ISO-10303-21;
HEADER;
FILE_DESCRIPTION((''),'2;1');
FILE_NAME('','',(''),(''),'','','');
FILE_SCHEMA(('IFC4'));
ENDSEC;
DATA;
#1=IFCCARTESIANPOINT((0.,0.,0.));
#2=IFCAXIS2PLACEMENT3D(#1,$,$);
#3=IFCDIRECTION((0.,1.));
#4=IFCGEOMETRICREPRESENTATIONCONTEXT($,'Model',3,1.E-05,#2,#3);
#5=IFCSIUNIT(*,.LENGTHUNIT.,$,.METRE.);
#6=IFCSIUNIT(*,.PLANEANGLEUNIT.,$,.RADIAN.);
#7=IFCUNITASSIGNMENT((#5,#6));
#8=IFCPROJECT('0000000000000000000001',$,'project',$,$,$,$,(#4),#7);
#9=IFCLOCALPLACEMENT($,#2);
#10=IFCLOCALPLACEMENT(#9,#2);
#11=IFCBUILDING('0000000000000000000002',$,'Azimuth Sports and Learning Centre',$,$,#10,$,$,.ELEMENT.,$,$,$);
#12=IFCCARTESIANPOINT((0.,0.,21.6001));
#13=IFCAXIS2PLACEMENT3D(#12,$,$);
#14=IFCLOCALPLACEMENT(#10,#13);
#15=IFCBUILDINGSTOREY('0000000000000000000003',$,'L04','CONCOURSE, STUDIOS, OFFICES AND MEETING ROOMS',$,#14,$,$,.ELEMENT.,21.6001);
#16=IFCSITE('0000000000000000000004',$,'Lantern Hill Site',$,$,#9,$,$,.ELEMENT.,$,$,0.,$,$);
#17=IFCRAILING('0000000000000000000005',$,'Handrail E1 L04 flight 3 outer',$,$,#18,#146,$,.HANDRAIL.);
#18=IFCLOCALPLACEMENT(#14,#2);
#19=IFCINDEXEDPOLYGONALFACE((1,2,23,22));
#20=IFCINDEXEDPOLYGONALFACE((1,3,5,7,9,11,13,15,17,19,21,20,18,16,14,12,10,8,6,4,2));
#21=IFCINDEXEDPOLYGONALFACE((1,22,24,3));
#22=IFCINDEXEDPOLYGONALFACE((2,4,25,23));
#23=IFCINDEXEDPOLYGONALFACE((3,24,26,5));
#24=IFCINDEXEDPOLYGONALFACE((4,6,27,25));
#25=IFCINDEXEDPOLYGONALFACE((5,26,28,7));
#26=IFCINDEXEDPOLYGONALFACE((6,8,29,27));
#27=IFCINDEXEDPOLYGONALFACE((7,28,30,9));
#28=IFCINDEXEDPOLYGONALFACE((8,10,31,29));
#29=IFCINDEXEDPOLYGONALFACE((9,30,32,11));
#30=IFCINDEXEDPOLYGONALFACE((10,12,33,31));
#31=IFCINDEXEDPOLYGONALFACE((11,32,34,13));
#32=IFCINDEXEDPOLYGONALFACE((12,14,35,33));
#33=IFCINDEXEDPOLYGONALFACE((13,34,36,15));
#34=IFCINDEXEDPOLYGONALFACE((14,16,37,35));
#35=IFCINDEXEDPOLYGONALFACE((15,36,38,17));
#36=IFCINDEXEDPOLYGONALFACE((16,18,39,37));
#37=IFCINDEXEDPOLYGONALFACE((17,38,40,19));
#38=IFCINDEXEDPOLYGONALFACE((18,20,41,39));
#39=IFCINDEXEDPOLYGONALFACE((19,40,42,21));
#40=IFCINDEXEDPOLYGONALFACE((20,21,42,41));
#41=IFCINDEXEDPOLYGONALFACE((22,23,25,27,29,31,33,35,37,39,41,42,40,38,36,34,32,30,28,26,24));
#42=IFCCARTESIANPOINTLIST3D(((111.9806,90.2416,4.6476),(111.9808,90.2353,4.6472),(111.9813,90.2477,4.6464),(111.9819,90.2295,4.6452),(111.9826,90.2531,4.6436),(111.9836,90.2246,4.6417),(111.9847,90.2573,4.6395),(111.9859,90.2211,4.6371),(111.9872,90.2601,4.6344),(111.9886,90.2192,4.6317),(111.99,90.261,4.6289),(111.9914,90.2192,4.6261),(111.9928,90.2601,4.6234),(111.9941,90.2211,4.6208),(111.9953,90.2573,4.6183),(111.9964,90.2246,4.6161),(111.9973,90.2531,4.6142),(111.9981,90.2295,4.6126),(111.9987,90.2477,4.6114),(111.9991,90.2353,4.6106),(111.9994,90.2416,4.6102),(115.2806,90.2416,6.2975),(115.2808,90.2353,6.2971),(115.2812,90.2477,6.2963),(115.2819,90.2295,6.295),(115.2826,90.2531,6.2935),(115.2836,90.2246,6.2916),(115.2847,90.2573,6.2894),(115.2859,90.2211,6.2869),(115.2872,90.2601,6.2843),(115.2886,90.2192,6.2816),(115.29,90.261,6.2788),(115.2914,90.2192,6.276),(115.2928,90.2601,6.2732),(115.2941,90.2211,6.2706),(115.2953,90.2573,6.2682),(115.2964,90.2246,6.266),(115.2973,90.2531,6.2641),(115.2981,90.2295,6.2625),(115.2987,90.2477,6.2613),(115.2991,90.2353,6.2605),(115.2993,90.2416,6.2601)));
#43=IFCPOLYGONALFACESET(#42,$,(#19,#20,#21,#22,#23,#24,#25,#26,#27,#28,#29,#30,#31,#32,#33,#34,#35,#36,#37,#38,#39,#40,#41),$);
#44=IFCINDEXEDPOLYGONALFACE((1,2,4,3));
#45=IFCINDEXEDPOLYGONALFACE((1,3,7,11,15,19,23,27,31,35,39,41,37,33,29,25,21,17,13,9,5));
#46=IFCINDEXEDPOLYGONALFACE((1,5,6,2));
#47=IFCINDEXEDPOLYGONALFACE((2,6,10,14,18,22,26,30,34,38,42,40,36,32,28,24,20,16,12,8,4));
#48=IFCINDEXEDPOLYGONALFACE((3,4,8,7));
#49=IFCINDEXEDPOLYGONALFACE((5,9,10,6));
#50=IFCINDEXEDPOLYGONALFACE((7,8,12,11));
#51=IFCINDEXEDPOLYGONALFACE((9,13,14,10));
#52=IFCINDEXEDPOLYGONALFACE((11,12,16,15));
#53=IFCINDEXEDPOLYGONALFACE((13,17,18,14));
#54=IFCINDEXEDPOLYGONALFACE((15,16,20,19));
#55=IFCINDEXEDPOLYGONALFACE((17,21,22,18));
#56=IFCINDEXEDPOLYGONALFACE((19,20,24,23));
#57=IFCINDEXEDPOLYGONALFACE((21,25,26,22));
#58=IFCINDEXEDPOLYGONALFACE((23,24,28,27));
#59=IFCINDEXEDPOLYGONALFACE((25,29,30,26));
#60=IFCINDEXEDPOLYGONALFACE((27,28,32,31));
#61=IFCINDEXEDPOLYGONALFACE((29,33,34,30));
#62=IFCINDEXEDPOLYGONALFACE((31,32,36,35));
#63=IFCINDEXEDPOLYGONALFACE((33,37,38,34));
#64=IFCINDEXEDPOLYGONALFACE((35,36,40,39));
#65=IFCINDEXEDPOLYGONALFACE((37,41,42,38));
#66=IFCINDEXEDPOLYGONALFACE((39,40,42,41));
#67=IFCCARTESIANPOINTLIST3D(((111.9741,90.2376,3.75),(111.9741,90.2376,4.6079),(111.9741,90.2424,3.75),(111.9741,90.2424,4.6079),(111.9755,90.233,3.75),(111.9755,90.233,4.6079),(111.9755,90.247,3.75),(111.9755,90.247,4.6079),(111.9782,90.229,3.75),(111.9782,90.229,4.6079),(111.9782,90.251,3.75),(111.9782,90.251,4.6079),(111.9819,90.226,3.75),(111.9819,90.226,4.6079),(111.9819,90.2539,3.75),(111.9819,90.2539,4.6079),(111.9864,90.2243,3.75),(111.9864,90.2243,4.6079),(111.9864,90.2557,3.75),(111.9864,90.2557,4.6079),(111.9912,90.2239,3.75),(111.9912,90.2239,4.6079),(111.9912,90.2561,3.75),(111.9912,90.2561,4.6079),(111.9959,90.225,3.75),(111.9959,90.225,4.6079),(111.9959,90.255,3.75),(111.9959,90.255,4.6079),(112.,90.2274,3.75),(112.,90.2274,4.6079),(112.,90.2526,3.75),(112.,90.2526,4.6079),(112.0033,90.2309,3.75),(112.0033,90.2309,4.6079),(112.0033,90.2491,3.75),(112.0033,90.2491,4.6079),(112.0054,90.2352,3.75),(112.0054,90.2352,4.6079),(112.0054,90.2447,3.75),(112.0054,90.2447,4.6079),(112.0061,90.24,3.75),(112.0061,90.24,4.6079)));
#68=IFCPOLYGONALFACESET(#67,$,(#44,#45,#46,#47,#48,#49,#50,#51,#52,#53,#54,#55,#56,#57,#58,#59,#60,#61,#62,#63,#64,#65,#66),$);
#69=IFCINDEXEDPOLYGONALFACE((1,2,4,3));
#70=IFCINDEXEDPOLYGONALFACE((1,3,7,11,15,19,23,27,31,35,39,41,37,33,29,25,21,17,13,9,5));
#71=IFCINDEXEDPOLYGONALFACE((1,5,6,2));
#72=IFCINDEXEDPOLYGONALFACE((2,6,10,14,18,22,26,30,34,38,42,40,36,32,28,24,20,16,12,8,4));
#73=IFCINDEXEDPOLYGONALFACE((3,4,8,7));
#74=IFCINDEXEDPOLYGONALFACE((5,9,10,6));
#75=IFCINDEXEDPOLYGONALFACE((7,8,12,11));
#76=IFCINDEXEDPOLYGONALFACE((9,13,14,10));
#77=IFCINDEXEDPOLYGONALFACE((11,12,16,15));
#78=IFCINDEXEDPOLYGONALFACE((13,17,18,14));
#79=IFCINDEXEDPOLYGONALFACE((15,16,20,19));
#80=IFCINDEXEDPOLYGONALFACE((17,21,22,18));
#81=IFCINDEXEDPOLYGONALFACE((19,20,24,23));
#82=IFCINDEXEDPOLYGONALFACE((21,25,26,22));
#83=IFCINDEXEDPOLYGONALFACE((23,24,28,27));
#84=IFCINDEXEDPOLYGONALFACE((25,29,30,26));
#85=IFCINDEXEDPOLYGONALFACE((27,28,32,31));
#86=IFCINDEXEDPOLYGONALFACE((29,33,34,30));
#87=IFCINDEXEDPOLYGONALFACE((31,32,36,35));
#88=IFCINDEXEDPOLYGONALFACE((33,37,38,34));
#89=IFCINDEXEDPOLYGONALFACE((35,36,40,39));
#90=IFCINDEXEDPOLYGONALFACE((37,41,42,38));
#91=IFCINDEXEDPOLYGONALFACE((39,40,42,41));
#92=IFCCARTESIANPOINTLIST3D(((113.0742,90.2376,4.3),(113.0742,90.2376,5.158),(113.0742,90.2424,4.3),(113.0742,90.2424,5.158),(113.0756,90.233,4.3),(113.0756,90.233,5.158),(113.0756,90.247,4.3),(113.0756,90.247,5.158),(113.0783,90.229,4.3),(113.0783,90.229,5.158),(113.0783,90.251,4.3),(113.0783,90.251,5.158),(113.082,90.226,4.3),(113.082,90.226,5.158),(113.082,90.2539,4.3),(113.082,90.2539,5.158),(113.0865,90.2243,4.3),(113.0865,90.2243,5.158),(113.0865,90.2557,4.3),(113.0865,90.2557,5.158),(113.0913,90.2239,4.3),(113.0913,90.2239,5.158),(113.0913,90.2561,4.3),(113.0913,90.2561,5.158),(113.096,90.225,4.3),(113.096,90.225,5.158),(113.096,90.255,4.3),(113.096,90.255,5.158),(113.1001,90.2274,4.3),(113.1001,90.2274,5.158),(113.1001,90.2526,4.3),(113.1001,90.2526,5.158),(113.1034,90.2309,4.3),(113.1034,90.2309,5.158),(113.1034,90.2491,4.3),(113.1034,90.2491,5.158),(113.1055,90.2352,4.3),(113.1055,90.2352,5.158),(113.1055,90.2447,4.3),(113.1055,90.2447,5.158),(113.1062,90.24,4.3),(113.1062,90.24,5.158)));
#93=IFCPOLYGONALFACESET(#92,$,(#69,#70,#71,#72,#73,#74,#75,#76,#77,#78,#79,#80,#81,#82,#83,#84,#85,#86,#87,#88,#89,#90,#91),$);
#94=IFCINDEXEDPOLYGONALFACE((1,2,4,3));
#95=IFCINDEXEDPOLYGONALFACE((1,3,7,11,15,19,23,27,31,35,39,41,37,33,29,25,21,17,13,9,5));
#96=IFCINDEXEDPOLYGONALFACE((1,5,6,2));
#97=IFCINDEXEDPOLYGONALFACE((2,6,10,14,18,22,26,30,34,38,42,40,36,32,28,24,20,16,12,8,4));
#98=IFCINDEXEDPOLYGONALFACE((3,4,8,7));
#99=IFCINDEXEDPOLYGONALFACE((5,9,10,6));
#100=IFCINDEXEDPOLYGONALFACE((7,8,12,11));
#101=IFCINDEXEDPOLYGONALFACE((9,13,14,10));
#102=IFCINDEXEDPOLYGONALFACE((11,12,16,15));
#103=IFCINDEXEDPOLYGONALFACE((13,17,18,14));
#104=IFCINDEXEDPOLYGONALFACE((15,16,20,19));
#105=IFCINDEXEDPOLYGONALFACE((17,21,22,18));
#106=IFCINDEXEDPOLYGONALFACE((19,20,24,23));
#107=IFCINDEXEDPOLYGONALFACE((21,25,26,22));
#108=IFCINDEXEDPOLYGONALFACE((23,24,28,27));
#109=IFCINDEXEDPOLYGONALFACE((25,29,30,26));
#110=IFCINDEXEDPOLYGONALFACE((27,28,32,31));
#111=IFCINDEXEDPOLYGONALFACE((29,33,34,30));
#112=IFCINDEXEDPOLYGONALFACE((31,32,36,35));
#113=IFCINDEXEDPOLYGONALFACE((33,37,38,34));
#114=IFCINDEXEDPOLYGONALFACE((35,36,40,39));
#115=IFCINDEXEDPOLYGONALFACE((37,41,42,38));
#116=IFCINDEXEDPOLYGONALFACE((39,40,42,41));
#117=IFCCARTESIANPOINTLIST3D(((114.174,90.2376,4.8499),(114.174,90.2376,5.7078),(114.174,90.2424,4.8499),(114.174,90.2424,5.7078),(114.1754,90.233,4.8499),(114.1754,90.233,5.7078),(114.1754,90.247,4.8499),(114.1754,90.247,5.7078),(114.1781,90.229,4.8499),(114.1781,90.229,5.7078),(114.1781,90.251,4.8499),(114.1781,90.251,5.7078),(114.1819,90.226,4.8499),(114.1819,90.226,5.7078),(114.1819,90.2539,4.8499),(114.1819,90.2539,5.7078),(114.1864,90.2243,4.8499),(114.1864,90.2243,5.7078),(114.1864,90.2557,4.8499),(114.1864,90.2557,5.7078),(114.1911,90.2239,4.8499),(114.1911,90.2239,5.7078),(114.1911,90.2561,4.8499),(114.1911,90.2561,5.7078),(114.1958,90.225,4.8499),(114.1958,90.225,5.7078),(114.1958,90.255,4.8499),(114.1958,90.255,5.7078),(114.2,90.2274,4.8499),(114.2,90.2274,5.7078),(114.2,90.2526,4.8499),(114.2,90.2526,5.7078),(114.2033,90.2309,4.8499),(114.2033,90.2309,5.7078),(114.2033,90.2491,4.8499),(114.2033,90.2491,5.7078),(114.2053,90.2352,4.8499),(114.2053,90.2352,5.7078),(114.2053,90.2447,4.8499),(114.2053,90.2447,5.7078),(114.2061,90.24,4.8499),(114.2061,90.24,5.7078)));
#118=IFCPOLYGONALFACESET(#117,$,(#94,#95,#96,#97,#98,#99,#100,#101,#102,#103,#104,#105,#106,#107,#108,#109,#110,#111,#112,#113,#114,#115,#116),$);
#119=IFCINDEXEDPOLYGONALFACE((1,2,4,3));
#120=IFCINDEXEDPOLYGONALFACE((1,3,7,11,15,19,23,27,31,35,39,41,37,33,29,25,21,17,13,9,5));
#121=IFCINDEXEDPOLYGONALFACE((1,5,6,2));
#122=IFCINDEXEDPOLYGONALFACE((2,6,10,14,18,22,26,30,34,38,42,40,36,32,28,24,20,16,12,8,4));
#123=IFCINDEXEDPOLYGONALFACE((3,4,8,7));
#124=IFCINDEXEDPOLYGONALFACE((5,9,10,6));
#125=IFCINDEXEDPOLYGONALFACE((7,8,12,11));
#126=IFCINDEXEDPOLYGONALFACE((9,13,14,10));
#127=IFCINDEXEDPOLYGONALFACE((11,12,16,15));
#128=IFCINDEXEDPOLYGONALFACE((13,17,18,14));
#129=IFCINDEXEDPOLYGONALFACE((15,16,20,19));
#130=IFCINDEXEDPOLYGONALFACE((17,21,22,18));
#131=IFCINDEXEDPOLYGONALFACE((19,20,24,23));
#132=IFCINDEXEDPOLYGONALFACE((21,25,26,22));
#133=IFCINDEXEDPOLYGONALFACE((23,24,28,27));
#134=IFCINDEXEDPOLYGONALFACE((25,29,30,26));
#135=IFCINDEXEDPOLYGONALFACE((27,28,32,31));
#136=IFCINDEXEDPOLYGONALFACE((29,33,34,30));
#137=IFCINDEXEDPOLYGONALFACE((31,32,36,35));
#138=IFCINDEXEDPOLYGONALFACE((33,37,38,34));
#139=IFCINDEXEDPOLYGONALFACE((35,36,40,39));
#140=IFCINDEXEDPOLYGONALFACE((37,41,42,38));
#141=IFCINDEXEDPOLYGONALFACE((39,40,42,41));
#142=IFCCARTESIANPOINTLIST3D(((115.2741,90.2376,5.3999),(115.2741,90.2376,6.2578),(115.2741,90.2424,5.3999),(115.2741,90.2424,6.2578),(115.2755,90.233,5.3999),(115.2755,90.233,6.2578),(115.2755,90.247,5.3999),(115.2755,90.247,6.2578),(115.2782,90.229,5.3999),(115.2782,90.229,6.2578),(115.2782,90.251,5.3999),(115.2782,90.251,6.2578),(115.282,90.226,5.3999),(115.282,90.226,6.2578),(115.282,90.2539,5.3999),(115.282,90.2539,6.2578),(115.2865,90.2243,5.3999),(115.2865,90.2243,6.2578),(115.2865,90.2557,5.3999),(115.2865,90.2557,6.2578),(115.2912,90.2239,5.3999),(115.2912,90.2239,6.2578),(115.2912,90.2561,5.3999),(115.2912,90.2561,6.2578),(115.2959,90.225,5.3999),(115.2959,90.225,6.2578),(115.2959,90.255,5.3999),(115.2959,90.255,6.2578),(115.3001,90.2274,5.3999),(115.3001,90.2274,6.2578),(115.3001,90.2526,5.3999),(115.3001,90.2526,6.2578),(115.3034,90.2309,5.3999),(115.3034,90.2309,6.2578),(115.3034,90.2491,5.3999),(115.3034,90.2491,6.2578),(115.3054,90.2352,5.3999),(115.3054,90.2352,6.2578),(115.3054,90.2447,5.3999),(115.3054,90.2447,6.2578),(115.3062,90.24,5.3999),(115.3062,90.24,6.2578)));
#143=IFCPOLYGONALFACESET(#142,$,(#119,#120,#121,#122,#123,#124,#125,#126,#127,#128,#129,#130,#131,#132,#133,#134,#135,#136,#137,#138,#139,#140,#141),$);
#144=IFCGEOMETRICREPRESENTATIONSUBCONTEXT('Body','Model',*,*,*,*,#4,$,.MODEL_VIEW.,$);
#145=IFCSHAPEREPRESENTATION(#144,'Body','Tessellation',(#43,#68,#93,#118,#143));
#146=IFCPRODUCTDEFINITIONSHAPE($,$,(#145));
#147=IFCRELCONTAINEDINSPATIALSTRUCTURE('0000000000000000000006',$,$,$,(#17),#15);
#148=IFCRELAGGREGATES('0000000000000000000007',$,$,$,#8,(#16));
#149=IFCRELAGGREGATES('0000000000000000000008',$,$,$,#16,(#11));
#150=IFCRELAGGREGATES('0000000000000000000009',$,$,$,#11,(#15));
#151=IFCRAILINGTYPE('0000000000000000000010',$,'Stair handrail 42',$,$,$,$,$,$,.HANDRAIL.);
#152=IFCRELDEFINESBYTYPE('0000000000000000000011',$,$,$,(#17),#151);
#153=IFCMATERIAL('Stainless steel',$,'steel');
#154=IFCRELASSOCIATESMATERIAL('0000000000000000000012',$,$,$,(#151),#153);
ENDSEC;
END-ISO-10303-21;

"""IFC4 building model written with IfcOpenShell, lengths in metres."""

from ifc_helpers import new_model, si_unit, direction, frame, origin, origin_2d, place, context, subcontext, project, spatial, circle, extrude, material, type_object, element, save


model = new_model("IFC4")

# Units and contexts
model_context = context("Model", 3, precision=1e-05, world=origin(), true_north=direction((0.0, 1.0)))
body_context = subcontext(model_context, "Body", "Model", "MODEL_VIEW")
ifc_project = project(units=[si_unit("LENGTHUNIT", "METRE"), si_unit("PLANEANGLEUNIT", "RADIAN")], contexts=[model_context])

# Site, building, storey
site_placement = place(None, origin())
site = spatial("IfcSite", under=ifc_project, at=site_placement, Name="Lantern Hill Site", CompositionType="ELEMENT", RefElevation=0.0)
building_placement = place(site_placement, origin())
building = spatial("IfcBuilding", under=site, at=building_placement, Name="Azimuth Sports and Learning Centre", CompositionType="ELEMENT")
storey_placement = place(building_placement, frame((0.0, 0.0, 21.6001)))
storey = spatial("IfcBuildingStorey", under=building, at=storey_placement, Name="L04", Description="CONCOURSE, STUDIOS, OFFICES AND MEETING ROOMS", CompositionType="ELEMENT", Elevation=21.6001)

# Railing
ifc_material_1 = material(Name="Stainless steel", Category="steel")
railing_type = type_object("IfcRailingType", Name="Stair handrail 42", PredefinedType="HANDRAIL", material=ifc_material_1)
for number, where, name in (
    (1, (111.99, 90.24, 3.75), "Handrail E1 L04 flight 3 outer"),
):
    element("IfcRailing", number, at=place(storey_placement, frame(where)), inside=storey, type_object=railing_type, Name=name, PredefinedType="HANDRAIL", context=body_context, shape_type="SweptSolid", body=[
        extrude(circle(Radius=0.021, at=origin_2d()), frame((0.0, 0.0, 0.8789), z_axis=(0.89444, 0.0, 0.447187), x_axis=(0.0, 1.0, 0.0)), (0.0, 0.0, 1.0), 3.6895),
        extrude(circle(Radius=0.0161, at=origin_2d()), origin(), (0.0, 0.0, 1.0), 0.8579),
        extrude(circle(Radius=0.0161, at=origin_2d()), frame((1.1001, 0.0, 0.55)), (0.0, 0.0, 1.0), 0.8579),
        extrude(circle(Radius=0.0161, at=origin_2d()), frame((2.2, 0.0, 1.0999)), (0.0, 0.0, 1.0), 0.8579),
        extrude(circle(Radius=0.0161, at=origin_2d()), frame((3.3, 0.0, 1.6499)), (0.0, 0.0, 1.0), 0.8579),
    ])

save(model, "model.ifc")
